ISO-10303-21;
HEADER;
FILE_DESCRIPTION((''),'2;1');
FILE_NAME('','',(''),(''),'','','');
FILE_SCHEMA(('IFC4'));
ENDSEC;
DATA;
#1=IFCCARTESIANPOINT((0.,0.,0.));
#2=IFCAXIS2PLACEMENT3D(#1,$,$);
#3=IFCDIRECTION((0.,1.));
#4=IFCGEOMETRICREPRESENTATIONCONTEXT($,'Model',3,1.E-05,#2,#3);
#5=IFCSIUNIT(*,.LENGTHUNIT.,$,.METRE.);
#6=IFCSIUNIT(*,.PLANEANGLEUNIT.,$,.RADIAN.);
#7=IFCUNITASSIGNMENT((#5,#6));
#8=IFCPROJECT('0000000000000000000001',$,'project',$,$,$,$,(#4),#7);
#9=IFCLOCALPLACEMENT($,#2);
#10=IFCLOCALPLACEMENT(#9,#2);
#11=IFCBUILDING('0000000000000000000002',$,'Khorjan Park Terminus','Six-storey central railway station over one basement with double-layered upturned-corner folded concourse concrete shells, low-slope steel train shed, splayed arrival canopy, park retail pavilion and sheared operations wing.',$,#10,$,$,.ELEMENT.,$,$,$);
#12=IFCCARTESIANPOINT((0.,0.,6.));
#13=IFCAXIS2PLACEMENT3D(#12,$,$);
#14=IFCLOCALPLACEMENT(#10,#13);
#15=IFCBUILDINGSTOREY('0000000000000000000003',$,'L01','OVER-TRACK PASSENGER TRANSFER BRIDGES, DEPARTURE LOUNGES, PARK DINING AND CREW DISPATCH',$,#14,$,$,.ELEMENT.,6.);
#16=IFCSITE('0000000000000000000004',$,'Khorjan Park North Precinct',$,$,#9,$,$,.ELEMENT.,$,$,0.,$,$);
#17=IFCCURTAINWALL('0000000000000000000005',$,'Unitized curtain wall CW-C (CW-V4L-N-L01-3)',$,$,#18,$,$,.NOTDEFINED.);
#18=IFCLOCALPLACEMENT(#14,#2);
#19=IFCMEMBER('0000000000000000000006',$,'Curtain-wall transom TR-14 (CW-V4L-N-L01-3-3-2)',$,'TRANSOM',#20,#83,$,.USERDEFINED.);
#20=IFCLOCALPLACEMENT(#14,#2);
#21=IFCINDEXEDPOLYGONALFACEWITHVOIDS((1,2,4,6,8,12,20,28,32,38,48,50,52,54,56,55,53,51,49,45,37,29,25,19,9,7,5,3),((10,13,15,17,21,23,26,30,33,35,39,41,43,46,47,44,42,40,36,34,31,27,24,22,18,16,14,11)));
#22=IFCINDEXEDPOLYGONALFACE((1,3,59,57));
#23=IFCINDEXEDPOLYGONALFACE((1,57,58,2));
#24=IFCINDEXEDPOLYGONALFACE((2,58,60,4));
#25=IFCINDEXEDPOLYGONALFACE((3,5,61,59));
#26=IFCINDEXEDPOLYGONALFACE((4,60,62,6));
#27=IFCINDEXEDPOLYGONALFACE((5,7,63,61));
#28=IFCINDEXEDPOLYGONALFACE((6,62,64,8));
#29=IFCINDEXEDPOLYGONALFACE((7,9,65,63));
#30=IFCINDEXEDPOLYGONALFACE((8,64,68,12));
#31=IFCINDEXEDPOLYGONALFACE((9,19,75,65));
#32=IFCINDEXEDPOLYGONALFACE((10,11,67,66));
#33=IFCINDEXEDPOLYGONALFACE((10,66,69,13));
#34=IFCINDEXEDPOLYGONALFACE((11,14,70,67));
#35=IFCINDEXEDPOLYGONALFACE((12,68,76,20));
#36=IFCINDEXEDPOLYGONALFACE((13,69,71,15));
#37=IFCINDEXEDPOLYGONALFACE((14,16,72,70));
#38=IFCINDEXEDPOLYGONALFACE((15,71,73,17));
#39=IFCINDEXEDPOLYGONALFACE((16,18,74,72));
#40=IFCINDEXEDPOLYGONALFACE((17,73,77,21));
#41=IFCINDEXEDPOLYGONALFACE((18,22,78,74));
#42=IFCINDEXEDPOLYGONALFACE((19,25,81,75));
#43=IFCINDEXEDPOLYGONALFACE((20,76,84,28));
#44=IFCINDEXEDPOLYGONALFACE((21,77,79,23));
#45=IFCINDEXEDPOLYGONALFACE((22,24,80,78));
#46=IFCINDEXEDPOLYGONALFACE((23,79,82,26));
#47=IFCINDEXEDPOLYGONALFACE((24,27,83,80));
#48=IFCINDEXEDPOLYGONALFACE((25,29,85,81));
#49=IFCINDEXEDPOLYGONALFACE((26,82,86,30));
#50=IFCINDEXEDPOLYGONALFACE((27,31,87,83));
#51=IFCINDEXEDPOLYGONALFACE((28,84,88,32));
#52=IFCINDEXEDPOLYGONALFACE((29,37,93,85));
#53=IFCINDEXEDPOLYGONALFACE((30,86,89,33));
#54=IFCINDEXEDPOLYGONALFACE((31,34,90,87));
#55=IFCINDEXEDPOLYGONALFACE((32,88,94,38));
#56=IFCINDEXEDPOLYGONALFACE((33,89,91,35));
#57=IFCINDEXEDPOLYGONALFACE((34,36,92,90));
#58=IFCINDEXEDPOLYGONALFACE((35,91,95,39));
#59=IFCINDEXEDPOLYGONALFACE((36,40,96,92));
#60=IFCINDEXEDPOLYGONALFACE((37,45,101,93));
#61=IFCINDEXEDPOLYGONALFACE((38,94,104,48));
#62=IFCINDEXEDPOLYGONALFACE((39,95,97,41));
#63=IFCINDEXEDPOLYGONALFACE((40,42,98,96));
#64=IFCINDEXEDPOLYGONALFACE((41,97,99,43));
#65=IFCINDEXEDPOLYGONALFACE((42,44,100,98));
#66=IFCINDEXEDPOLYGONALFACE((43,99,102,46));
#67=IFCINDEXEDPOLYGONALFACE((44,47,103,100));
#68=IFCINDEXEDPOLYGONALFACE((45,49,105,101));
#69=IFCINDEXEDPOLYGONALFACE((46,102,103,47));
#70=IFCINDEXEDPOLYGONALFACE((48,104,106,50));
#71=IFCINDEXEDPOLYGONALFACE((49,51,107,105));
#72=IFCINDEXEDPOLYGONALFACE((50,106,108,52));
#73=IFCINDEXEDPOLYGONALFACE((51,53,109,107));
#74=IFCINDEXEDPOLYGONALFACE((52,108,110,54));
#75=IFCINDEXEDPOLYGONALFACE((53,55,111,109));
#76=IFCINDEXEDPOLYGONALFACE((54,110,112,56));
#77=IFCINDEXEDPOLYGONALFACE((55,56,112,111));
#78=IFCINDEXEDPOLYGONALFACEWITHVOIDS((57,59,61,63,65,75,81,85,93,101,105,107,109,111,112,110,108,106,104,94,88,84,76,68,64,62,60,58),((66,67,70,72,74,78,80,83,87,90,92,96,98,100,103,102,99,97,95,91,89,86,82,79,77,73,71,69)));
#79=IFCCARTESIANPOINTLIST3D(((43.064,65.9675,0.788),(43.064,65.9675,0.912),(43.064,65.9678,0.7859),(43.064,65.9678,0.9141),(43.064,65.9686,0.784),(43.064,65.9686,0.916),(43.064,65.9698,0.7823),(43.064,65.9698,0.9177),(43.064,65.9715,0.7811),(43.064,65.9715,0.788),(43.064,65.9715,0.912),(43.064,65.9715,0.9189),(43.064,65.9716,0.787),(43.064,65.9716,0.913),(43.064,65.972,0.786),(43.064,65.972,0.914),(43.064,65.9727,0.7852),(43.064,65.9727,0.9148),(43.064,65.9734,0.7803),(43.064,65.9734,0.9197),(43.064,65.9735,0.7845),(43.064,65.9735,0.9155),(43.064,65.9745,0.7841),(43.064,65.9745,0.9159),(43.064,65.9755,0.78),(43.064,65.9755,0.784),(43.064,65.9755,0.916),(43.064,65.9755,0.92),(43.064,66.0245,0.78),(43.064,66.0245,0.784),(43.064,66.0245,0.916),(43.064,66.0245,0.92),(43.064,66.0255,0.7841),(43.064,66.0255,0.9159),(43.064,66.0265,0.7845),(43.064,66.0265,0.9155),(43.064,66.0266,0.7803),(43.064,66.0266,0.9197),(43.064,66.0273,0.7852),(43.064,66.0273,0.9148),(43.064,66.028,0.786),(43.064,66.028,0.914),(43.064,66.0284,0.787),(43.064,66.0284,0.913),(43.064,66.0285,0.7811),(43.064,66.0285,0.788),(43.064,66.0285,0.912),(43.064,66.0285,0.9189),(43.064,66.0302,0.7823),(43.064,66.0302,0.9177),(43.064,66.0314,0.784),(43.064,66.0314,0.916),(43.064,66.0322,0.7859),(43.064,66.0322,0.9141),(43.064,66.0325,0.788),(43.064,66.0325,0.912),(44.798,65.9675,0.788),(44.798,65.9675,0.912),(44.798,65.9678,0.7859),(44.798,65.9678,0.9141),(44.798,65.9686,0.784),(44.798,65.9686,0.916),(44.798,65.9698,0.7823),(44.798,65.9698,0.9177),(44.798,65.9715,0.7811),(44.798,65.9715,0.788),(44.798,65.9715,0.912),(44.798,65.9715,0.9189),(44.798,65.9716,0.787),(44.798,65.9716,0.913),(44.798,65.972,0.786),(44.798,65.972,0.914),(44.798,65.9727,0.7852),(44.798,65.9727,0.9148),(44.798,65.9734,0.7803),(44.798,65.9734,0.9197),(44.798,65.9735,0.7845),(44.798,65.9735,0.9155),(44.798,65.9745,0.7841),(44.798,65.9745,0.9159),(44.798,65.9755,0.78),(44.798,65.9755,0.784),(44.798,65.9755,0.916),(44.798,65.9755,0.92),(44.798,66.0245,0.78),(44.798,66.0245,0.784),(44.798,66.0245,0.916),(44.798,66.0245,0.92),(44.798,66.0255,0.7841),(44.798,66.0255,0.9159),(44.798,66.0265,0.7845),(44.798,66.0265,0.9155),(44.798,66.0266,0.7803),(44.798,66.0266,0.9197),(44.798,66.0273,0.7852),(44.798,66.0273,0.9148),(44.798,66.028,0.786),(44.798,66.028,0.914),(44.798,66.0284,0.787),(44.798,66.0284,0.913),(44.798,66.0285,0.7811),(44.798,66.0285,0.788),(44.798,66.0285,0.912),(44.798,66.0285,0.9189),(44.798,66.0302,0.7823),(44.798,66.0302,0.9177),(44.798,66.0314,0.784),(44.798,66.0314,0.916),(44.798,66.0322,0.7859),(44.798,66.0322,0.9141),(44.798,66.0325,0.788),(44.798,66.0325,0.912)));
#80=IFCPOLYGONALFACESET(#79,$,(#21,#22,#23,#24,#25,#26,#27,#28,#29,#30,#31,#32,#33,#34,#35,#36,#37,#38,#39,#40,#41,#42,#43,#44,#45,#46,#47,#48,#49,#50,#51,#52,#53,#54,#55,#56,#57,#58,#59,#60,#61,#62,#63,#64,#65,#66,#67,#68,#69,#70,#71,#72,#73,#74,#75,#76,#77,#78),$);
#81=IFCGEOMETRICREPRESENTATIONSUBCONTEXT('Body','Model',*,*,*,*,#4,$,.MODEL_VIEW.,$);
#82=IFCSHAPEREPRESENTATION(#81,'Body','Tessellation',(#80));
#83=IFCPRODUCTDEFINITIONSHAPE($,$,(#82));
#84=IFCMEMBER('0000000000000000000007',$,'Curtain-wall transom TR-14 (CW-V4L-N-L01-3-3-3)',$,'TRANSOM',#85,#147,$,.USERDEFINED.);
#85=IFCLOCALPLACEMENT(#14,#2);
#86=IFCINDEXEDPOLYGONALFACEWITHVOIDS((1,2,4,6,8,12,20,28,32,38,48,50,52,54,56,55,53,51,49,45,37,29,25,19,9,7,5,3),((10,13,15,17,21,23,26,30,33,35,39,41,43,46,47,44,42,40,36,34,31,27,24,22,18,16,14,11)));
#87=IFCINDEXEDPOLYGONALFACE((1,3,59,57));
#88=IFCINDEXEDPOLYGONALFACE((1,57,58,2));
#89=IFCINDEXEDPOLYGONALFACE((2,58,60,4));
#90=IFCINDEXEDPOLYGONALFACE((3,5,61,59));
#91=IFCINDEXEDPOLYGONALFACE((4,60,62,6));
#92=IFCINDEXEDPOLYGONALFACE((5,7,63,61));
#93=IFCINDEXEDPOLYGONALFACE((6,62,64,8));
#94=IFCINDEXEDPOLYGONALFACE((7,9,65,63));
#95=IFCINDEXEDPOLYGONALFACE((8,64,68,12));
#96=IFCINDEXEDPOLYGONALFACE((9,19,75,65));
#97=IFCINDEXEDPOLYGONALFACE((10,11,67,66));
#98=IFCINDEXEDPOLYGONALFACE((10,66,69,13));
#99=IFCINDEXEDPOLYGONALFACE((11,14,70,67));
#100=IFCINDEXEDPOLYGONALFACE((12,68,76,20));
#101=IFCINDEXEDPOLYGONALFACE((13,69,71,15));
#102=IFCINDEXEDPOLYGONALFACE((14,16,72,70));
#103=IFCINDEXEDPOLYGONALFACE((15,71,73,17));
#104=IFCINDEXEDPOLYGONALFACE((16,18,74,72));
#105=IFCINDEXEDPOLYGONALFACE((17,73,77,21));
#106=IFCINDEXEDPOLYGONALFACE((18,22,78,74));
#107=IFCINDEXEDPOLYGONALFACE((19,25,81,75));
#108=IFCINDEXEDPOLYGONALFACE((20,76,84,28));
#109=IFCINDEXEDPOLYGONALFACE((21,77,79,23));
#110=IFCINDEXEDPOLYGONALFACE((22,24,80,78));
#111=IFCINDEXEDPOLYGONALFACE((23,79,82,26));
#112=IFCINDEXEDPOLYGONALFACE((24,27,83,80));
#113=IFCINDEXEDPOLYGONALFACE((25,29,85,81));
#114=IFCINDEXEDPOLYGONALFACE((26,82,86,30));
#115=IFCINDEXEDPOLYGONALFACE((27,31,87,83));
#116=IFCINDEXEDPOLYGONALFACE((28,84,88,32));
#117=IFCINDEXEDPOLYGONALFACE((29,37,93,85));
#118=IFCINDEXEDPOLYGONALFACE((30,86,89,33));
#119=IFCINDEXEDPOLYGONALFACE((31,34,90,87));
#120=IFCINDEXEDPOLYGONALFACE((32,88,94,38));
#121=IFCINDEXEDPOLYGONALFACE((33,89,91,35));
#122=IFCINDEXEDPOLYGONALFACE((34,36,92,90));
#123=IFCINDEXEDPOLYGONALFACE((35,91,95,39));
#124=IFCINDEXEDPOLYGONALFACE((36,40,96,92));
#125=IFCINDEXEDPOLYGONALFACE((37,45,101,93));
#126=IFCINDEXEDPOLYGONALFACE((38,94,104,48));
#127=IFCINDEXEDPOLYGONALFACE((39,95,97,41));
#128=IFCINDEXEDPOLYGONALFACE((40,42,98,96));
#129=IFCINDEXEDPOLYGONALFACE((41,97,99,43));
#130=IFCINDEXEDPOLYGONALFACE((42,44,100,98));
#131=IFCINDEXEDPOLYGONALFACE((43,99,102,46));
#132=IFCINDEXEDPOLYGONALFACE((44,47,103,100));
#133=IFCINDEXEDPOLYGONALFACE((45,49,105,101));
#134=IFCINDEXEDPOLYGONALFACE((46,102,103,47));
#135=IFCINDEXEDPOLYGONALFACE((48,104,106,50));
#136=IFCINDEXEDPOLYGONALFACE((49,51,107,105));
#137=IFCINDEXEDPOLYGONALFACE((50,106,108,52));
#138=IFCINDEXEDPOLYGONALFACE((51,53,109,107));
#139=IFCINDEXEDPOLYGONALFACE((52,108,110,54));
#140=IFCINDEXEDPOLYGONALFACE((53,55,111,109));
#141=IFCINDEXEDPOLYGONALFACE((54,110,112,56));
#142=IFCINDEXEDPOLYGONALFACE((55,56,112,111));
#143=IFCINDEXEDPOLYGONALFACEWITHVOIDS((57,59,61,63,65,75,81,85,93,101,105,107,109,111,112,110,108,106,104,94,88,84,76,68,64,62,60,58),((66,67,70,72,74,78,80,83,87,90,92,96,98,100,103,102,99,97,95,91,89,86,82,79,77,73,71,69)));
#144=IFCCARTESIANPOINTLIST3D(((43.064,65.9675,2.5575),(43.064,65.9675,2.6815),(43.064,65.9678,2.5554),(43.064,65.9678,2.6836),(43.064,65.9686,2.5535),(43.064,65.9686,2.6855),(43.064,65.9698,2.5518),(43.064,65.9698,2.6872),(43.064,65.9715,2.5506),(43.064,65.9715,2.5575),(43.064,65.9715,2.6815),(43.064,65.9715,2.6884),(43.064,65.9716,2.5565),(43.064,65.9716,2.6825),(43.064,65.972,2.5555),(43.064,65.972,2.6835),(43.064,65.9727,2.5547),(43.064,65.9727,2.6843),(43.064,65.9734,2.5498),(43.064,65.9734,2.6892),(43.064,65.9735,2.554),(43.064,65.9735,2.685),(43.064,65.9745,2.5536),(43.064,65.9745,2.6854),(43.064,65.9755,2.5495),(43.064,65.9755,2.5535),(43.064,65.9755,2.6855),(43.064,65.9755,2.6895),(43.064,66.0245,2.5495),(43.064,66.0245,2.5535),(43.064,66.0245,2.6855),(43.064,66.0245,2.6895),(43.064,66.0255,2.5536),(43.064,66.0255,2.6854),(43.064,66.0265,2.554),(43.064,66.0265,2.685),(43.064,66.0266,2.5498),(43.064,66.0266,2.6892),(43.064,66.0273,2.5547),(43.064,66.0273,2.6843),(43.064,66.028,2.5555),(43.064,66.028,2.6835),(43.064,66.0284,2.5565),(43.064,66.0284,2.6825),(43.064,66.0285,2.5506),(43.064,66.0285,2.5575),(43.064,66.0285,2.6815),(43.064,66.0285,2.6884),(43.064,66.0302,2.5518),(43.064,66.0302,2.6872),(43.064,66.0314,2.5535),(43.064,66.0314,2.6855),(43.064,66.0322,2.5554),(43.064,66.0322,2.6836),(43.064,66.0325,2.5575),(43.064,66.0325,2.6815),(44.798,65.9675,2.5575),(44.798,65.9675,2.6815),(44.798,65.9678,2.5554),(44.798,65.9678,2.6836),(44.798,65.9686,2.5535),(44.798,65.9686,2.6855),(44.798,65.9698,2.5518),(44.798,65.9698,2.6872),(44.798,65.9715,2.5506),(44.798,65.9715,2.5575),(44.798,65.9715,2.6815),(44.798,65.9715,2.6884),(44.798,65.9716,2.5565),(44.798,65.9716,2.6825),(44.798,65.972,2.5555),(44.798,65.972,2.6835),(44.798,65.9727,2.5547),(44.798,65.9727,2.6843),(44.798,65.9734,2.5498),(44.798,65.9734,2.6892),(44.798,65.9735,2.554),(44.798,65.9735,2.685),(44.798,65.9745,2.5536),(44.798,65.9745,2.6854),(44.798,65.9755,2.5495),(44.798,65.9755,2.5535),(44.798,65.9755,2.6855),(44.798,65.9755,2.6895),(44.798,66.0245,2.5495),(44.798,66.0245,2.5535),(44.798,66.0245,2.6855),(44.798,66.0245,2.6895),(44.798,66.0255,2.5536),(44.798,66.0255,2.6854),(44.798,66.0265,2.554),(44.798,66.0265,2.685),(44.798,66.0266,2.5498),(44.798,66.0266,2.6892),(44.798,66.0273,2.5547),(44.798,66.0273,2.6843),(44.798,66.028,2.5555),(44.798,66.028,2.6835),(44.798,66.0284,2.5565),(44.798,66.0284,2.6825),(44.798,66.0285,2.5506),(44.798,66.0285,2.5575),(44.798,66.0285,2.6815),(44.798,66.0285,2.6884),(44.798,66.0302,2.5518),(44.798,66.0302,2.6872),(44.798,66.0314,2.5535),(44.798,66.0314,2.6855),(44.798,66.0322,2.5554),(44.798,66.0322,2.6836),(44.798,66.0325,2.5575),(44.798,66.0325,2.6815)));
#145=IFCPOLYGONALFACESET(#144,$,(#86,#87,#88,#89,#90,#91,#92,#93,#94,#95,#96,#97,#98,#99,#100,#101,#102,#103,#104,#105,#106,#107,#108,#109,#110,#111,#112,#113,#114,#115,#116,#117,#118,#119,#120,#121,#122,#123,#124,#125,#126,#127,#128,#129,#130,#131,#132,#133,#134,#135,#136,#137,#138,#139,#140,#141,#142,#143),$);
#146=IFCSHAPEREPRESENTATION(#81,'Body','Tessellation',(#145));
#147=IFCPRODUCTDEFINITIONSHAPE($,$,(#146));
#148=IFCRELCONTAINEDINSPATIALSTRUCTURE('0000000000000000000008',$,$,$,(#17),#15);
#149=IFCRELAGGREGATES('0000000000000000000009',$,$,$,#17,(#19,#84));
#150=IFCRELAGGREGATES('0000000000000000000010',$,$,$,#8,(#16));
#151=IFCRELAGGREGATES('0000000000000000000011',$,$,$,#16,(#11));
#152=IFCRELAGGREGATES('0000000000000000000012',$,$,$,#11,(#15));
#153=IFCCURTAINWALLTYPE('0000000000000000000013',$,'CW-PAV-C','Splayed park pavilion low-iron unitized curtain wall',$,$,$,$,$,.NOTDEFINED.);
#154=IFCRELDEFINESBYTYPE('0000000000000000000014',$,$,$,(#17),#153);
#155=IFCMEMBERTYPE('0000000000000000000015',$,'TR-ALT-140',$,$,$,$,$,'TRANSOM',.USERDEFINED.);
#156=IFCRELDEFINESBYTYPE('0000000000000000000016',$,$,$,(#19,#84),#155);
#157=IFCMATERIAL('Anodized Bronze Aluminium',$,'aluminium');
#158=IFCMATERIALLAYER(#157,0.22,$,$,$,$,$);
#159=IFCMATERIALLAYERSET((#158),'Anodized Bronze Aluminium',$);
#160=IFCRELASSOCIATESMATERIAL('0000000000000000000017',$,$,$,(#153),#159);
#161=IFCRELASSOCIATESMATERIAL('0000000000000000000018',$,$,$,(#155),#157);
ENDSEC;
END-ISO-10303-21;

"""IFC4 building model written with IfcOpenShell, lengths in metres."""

from ifc_helpers import new_model, si_unit, direction, frame, origin, origin_2d, place, context, subcontext, project, spatial, hollow_rectangle, extrude, material, layer, layer_set, material_profile, profile_set, type_object, element, aggregate, save


model = new_model("IFC4")

# Units and contexts
model_context = context("Model", 3, precision=1e-05, world=origin(), true_north=direction((0.0, 1.0)))
body_context = subcontext(model_context, "Body", "Model", "MODEL_VIEW")
ifc_project = project(units=[si_unit("LENGTHUNIT", "METRE"), si_unit("PLANEANGLEUNIT", "RADIAN")], contexts=[model_context])

# Site, building, storey
site_placement = place(None, origin())
site = spatial("IfcSite", under=ifc_project, at=site_placement, Name="Khorjan Park North Precinct", CompositionType="ELEMENT", RefElevation=0.0)
building_placement = place(site_placement, origin())
building = spatial("IfcBuilding", under=site, at=building_placement, Name="Khorjan Park Terminus", Description="Six-storey central railway station over one basement with double-layered upturned-corner folded concourse concrete shells, low-slope steel train shed, splayed arrival canopy, park retail pavilion and sheared operations wing.", CompositionType="ELEMENT")
storey_placement = place(building_placement, frame((0.0, 0.0, 6.0)))
storey = spatial("IfcBuildingStorey", under=building, at=storey_placement, Name="L01", Description="OVER-TRACK PASSENGER TRANSFER BRIDGES, DEPARTURE LOUNGES, PARK DINING AND CREW DISPATCH", CompositionType="ELEMENT", Elevation=6.0)

# Shared definitions
ifc_material_1 = material(Name="Anodized Bronze Aluminium", Category="aluminium")
ifc_layer_1 = layer(ifc_material_1, 0.22)
ifc_layer_set_1 = layer_set([ifc_layer_1], Name="Anodized Bronze Aluminium")
curtain_wall_type = type_object("IfcCurtainWallType", Name="CW-PAV-C", Description="Splayed park pavilion low-iron unitized curtain wall", PredefinedType="NOTDEFINED", material=ifc_layer_set_1)

# Curtain wall
curtain_wall_1_placement = place(storey_placement, origin())
curtain_wall_1 = element("IfcCurtainWall", 1, at=curtain_wall_1_placement, inside=storey, type_object=curtain_wall_type, Name="Unitized curtain wall CW-C (CW-V4L-N-L01-3)", PredefinedType="NOTDEFINED")

# Members
ifc_material_profile_1 = material_profile(ifc_material_1, hollow_rectangle(XDim=0.065, YDim=0.14, WallThickness=0.004, InnerFilletRadius=0.004, OuterFilletRadius=0.008, at=origin_2d()), Name="ALT 65x140x4")
ifc_profile_set_1 = profile_set([ifc_material_profile_1], Name="Anodized Bronze Aluminium")
member_type_1 = type_object("IfcMemberType", Name="TR-ALT-140", ElementType="TRANSOM", PredefinedType="USERDEFINED", material=ifc_profile_set_1)
member_1_placement = place(storey_placement, frame((44.798, 66.0, 0.85), z_axis=(-1.0, 0.0, 0.0), x_axis=(0.0, -1.0, 0.0)))
member_1 = element("IfcMember", 2, at=member_1_placement, type_object=member_type_1, Name="Curtain-wall transom TR-14 (CW-V4L-N-L01-3-3-2)", ObjectType="TRANSOM", PredefinedType="USERDEFINED", context=body_context, shape_type="SweptSolid", body=[
    extrude(hollow_rectangle(XDim=0.065, YDim=0.14, WallThickness=0.004, InnerFilletRadius=0.004, OuterFilletRadius=0.008, at=origin_2d()), origin(), (0.0, 0.0, 1.0), 1.734),
])
member_2_placement = place(storey_placement, frame((44.798, 66.0, 2.6195), z_axis=(-1.0, 0.0, 0.0), x_axis=(0.0, -1.0, 0.0)))
member_2 = element("IfcMember", 3, at=member_2_placement, type_object=member_type_1, Name="Curtain-wall transom TR-14 (CW-V4L-N-L01-3-3-3)", ObjectType="TRANSOM", PredefinedType="USERDEFINED", context=body_context, shape_type="SweptSolid", body=[
    extrude(hollow_rectangle(XDim=0.065, YDim=0.14, WallThickness=0.004, InnerFilletRadius=0.004, OuterFilletRadius=0.008, at=origin_2d()), origin(), (0.0, 0.0, 1.0), 1.734),
])

aggregate(curtain_wall_1, [member_1, member_2])

save(model, "model.ifc")
